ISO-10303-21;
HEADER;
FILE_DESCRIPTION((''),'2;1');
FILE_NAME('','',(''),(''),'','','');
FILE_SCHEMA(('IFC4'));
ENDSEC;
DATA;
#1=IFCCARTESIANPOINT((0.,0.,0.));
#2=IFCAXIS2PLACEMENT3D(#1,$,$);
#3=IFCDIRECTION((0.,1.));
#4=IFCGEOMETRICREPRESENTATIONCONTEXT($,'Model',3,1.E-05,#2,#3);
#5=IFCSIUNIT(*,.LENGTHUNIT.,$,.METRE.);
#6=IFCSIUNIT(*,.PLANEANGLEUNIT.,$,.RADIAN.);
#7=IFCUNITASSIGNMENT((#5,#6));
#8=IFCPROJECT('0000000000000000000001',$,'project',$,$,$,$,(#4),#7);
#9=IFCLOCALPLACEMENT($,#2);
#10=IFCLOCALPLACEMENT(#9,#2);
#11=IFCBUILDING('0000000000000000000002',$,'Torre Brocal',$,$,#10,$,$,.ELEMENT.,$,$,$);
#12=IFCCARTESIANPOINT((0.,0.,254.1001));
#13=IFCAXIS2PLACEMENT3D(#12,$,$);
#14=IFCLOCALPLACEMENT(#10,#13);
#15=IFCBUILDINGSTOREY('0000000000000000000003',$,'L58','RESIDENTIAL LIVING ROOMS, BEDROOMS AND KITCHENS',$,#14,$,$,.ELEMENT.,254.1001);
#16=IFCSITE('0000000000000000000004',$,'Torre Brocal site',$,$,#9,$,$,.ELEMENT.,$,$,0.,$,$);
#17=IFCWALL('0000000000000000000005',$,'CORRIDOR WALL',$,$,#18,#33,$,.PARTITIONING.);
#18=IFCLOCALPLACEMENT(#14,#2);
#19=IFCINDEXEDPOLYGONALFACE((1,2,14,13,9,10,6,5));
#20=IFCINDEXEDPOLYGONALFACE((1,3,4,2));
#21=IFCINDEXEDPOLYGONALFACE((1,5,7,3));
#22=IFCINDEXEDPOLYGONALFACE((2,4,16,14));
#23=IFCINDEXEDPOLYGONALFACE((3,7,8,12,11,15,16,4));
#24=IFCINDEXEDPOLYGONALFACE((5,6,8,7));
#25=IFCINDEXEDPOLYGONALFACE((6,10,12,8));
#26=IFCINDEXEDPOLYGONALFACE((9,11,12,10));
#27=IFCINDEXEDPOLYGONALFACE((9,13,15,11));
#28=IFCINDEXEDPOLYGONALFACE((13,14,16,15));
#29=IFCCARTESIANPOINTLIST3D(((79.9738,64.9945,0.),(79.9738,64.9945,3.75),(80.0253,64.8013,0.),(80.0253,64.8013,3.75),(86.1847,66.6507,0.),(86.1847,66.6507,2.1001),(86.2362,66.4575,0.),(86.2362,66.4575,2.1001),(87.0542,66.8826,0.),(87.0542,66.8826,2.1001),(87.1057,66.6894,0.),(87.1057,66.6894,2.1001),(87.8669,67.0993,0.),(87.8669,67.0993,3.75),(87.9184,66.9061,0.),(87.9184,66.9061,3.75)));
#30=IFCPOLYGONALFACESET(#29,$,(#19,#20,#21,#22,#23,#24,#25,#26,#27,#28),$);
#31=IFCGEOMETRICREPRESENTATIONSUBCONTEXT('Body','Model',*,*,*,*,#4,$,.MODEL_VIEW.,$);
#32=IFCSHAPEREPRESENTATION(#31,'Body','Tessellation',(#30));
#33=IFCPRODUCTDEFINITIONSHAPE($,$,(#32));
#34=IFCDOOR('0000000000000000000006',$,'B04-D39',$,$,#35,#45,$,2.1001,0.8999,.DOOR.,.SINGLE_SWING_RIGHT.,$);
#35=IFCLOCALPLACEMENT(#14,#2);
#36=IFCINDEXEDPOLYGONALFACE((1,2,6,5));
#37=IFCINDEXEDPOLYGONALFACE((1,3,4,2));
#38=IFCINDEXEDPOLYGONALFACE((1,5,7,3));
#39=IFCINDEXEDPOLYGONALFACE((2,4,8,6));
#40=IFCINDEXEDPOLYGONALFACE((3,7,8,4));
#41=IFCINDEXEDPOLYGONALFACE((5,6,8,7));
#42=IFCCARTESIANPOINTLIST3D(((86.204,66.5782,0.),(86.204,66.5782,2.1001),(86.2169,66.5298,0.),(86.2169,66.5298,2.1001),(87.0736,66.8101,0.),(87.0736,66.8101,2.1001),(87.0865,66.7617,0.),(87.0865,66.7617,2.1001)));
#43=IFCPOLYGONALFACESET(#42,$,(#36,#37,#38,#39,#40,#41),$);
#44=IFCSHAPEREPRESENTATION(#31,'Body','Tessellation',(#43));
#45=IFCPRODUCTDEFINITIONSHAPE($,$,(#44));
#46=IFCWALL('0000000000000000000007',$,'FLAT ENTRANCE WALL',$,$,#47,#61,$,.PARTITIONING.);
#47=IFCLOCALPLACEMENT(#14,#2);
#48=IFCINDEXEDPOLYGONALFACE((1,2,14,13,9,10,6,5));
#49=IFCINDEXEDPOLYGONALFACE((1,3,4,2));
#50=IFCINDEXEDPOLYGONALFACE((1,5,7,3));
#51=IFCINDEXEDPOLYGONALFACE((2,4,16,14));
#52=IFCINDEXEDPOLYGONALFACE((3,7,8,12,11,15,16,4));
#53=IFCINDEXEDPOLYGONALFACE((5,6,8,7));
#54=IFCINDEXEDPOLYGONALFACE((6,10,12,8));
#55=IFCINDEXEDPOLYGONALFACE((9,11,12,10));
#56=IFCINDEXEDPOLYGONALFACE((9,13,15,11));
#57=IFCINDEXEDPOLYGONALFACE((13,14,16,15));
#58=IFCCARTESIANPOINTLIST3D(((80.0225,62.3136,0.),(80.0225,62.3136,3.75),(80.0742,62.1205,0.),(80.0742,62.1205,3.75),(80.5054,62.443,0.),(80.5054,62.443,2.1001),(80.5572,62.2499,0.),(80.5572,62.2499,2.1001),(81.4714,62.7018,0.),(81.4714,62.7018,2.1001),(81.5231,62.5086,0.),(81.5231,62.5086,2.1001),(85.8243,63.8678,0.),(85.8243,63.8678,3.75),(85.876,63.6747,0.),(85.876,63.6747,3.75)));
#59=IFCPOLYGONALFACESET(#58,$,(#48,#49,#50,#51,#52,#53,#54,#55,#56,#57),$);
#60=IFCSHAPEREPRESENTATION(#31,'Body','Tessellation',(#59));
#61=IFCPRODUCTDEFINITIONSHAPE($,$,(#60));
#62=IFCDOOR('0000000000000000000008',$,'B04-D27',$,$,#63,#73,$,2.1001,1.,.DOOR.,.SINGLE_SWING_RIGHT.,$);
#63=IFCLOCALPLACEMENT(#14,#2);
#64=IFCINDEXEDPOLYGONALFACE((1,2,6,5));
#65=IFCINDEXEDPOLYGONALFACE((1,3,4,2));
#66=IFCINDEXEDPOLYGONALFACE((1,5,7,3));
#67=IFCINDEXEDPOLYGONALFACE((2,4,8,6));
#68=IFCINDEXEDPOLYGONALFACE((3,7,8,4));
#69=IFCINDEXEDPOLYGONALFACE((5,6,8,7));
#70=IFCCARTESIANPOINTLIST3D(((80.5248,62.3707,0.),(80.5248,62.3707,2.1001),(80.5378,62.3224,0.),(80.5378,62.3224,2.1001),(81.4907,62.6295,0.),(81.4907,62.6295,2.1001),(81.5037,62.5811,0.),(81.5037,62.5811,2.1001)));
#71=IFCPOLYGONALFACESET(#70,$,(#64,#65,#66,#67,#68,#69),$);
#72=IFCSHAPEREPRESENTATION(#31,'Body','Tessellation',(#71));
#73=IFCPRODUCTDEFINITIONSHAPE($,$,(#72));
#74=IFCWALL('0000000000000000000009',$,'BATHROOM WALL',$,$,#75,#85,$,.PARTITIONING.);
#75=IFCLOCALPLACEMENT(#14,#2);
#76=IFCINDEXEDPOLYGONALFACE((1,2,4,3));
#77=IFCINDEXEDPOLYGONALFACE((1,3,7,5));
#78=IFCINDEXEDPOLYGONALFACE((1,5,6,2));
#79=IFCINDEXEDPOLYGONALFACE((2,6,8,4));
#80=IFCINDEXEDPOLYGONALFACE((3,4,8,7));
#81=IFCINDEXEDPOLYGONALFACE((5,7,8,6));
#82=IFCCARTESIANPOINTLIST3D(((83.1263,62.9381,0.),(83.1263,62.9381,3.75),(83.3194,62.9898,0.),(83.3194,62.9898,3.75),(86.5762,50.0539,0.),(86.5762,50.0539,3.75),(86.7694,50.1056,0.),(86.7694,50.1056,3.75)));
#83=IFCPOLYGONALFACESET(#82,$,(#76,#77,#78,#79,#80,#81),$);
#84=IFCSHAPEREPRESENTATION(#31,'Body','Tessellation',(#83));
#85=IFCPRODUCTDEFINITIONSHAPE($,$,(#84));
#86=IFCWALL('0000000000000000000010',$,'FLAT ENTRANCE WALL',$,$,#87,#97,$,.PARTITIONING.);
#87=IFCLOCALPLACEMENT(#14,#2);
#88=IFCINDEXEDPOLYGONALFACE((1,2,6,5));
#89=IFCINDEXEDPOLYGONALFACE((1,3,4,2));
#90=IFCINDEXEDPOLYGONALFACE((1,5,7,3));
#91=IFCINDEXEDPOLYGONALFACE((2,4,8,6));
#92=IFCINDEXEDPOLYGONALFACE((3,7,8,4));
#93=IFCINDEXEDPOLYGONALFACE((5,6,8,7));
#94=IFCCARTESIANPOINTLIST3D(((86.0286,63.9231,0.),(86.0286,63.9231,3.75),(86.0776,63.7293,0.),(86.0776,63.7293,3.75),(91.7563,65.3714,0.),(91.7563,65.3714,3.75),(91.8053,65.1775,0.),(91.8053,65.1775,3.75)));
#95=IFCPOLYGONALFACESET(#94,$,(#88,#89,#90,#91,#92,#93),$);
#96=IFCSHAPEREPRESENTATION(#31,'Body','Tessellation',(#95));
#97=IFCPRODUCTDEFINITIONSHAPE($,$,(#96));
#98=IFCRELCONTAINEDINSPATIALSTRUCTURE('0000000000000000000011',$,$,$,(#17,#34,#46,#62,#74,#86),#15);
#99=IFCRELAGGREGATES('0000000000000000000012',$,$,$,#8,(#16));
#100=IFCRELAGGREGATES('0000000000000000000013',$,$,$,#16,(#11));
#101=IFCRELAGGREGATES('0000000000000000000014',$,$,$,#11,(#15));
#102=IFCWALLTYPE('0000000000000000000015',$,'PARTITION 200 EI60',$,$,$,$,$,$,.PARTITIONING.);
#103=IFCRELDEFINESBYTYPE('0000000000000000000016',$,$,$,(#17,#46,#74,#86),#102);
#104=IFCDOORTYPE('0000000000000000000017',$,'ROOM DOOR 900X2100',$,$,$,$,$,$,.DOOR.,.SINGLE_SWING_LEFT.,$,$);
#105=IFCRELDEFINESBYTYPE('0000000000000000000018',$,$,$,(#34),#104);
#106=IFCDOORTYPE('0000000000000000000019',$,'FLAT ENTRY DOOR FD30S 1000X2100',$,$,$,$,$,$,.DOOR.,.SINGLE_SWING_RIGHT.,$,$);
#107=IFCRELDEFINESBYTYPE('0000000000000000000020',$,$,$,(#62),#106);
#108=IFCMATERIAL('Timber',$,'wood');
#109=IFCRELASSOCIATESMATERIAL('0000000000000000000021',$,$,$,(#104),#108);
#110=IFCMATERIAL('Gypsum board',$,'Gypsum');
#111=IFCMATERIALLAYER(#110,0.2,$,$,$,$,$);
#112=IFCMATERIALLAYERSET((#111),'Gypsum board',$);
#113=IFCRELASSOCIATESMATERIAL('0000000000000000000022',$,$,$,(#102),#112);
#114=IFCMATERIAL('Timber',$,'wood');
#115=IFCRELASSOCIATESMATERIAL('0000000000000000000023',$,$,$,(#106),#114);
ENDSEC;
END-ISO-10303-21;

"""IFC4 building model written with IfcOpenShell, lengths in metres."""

from ifc_helpers import new_model, si_unit, direction, frame, frame_2d, origin, place, context, subcontext, project, spatial, rectangle, extrude, material, layer, layer_set, type_object, element, fill, save


model = new_model("IFC4")

# Units and contexts
model_context = context("Model", 3, precision=1e-05, world=origin(), true_north=direction((0.0, 1.0)))
body_context = subcontext(model_context, "Body", "Model", "MODEL_VIEW")
ifc_project = project(units=[si_unit("LENGTHUNIT", "METRE"), si_unit("PLANEANGLEUNIT", "RADIAN")], contexts=[model_context])

# Site, building, storey
site_placement = place(None, origin())
site = spatial("IfcSite", under=ifc_project, at=site_placement, Name="Torre Brocal site", CompositionType="ELEMENT", RefElevation=0.0)
building_placement = place(site_placement, origin())
building = spatial("IfcBuilding", under=site, at=building_placement, Name="Torre Brocal", CompositionType="ELEMENT")
storey_placement = place(building_placement, frame((0.0, 0.0, 254.1001)))
storey = spatial("IfcBuildingStorey", under=building, at=storey_placement, Name="L58", Description="RESIDENTIAL LIVING ROOMS, BEDROOMS AND KITCHENS", CompositionType="ELEMENT", Elevation=254.1001)

# Shared definitions
ifc_material_1 = material(Name="Timber", Category="wood")
door_type_1 = type_object("IfcDoorType", Name="ROOM DOOR 900X2100", OperationType="SINGLE_SWING_LEFT", PredefinedType="DOOR", material=ifc_material_1)

# Walls, openings, doors
ifc_material_2 = material(Name="Gypsum board", Category="Gypsum")
ifc_layer_1 = layer(ifc_material_2, 0.2)
ifc_layer_set_1 = layer_set([ifc_layer_1], Name="Gypsum board")
wall_type_1 = type_object("IfcWallType", Name="PARTITION 200 EI60", PredefinedType="PARTITIONING", material=ifc_layer_set_1)
wall_1_placement = place(storey_placement, frame((79.9995, 64.8979, 0.0), z_axis=(0.0, 0.0, 1.0), x_axis=(0.966237, 0.257653, 0.0)))
wall_1 = element("IfcWall", 1, at=wall_1_placement, inside=storey, type_object=wall_type_1, Name="CORRIDOR WALL", PredefinedType="PARTITIONING", context=body_context, shape_type="SweptSolid", body=[
    extrude(rectangle(XDim=8.1689, YDim=0.2, at=frame_2d((4.0845, 0.0))), origin(), (0.0, 0.0, 1.0), 3.75),
])
opening_1_placement = place(wall_1_placement, frame((6.428, 0.0, 0.0)))
opening_1 = element("IfcOpeningElement", 2, at=opening_1_placement, cuts=wall_1, PredefinedType="OPENING", context=body_context, shape_type="SweptSolid", body=[
    extrude(rectangle(XDim=0.8999, YDim=2.1001, at=frame_2d((0.45, 1.05))), frame((0.0, 0.1099, 0.0), z_axis=(0.0, -1.0, 0.0), x_axis=(1.0, 0.0, 0.0)), (0.0, 0.0, 1.0), 0.22),
])
door_1_placement = place(opening_1_placement, origin())
door_1 = element("IfcDoor", 3, at=door_1_placement, inside=storey, type_object=door_type_1, Name="B04-D39", OperationType="SINGLE_SWING_RIGHT", OverallHeight=2.1001, OverallWidth=0.8999, PredefinedType="DOOR", context=body_context, shape_type="SweptSolid", body=[
    extrude(rectangle(XDim=0.8999, YDim=2.1001, at=frame_2d((0.45, 1.05))), frame((0.0, 0.0249, 0.0), z_axis=(0.0, -1.0, 0.0), x_axis=(1.0, 0.0, 0.0)), (0.0, 0.0, 1.0), 0.05),
])
fill(opening_1, door_1)
wall_2_placement = place(storey_placement, frame((80.0483, 62.217, 0.0), z_axis=(0.0, 0.0, 1.0), x_axis=(0.965942, 0.25876, 0.0)))
wall_2 = element("IfcWall", 4, at=wall_2_placement, inside=storey, type_object=wall_type_1, Name="FLAT ENTRANCE WALL", PredefinedType="PARTITIONING", context=body_context, shape_type="SweptSolid", body=[
    extrude(rectangle(XDim=6.0063, YDim=0.2, at=frame_2d((3.0032, 0.0))), origin(), (0.0, 0.0, 1.0), 3.75),
])
opening_2_placement = place(wall_2_placement, frame((0.5, 0.0, 0.0)))
opening_2 = element("IfcOpeningElement", 5, at=opening_2_placement, cuts=wall_2, PredefinedType="OPENING", context=body_context, shape_type="SweptSolid", body=[
    extrude(rectangle(XDim=1.0, YDim=2.1001, at=frame_2d((0.5, 1.05))), frame((0.0, 0.1099, 0.0), z_axis=(0.0, -1.0, 0.0), x_axis=(1.0, 0.0, 0.0)), (0.0, 0.0, 1.0), 0.22),
])
ifc_material_3 = material(Name="Timber", Category="wood")
door_type_2 = type_object("IfcDoorType", Name="FLAT ENTRY DOOR FD30S 1000X2100", OperationType="SINGLE_SWING_RIGHT", PredefinedType="DOOR", material=ifc_material_3)
door_2_placement = place(opening_2_placement, frame((1.0, 0.0, 0.0), z_axis=(0.0, 0.0, 1.0), x_axis=(-1.0, 0.0, 0.0)))
door_2 = element("IfcDoor", 6, at=door_2_placement, inside=storey, type_object=door_type_2, Name="B04-D27", OperationType="SINGLE_SWING_RIGHT", OverallHeight=2.1001, OverallWidth=1.0, PredefinedType="DOOR", context=body_context, shape_type="SweptSolid", body=[
    extrude(rectangle(XDim=1.0, YDim=2.1001, at=frame_2d((0.5, 1.05))), frame((0.0, 0.0249, 0.0), z_axis=(0.0, -1.0, 0.0), x_axis=(1.0, 0.0, 0.0)), (0.0, 0.0, 1.0), 0.05),
])
fill(opening_2, door_2)

# Walls
wall_3_placement = place(storey_placement, frame((83.2229, 62.9639, 0.0), z_axis=(0.0, 0.0, 1.0), x_axis=(0.258653, -0.96597, 0.0)))
element("IfcWall", 7, at=wall_3_placement, inside=storey, type_object=wall_type_1, Name="BATHROOM WALL", PredefinedType="PARTITIONING", context=body_context, shape_type="SweptSolid", body=[
    extrude(rectangle(XDim=13.3381, YDim=0.2, at=frame_2d((6.6689, 0.0))), origin(), (0.0, 0.0, 1.0), 3.75),
])
wall_4_placement = place(storey_placement, frame((86.053, 63.8262, 0.0), z_axis=(0.0, 0.0, 1.0), x_axis=(0.96949, 0.245131, 0.0)))
element("IfcWall", 8, at=wall_4_placement, inside=storey, type_object=wall_type_1, Name="FLAT ENTRANCE WALL", PredefinedType="PARTITIONING", context=body_context, shape_type="SweptSolid", body=[
    extrude(rectangle(XDim=5.908, YDim=0.2, at=frame_2d((2.9541, 0.0))), origin(), (0.0, 0.0, 1.0), 3.75),
])

save(model, "model.ifc")
